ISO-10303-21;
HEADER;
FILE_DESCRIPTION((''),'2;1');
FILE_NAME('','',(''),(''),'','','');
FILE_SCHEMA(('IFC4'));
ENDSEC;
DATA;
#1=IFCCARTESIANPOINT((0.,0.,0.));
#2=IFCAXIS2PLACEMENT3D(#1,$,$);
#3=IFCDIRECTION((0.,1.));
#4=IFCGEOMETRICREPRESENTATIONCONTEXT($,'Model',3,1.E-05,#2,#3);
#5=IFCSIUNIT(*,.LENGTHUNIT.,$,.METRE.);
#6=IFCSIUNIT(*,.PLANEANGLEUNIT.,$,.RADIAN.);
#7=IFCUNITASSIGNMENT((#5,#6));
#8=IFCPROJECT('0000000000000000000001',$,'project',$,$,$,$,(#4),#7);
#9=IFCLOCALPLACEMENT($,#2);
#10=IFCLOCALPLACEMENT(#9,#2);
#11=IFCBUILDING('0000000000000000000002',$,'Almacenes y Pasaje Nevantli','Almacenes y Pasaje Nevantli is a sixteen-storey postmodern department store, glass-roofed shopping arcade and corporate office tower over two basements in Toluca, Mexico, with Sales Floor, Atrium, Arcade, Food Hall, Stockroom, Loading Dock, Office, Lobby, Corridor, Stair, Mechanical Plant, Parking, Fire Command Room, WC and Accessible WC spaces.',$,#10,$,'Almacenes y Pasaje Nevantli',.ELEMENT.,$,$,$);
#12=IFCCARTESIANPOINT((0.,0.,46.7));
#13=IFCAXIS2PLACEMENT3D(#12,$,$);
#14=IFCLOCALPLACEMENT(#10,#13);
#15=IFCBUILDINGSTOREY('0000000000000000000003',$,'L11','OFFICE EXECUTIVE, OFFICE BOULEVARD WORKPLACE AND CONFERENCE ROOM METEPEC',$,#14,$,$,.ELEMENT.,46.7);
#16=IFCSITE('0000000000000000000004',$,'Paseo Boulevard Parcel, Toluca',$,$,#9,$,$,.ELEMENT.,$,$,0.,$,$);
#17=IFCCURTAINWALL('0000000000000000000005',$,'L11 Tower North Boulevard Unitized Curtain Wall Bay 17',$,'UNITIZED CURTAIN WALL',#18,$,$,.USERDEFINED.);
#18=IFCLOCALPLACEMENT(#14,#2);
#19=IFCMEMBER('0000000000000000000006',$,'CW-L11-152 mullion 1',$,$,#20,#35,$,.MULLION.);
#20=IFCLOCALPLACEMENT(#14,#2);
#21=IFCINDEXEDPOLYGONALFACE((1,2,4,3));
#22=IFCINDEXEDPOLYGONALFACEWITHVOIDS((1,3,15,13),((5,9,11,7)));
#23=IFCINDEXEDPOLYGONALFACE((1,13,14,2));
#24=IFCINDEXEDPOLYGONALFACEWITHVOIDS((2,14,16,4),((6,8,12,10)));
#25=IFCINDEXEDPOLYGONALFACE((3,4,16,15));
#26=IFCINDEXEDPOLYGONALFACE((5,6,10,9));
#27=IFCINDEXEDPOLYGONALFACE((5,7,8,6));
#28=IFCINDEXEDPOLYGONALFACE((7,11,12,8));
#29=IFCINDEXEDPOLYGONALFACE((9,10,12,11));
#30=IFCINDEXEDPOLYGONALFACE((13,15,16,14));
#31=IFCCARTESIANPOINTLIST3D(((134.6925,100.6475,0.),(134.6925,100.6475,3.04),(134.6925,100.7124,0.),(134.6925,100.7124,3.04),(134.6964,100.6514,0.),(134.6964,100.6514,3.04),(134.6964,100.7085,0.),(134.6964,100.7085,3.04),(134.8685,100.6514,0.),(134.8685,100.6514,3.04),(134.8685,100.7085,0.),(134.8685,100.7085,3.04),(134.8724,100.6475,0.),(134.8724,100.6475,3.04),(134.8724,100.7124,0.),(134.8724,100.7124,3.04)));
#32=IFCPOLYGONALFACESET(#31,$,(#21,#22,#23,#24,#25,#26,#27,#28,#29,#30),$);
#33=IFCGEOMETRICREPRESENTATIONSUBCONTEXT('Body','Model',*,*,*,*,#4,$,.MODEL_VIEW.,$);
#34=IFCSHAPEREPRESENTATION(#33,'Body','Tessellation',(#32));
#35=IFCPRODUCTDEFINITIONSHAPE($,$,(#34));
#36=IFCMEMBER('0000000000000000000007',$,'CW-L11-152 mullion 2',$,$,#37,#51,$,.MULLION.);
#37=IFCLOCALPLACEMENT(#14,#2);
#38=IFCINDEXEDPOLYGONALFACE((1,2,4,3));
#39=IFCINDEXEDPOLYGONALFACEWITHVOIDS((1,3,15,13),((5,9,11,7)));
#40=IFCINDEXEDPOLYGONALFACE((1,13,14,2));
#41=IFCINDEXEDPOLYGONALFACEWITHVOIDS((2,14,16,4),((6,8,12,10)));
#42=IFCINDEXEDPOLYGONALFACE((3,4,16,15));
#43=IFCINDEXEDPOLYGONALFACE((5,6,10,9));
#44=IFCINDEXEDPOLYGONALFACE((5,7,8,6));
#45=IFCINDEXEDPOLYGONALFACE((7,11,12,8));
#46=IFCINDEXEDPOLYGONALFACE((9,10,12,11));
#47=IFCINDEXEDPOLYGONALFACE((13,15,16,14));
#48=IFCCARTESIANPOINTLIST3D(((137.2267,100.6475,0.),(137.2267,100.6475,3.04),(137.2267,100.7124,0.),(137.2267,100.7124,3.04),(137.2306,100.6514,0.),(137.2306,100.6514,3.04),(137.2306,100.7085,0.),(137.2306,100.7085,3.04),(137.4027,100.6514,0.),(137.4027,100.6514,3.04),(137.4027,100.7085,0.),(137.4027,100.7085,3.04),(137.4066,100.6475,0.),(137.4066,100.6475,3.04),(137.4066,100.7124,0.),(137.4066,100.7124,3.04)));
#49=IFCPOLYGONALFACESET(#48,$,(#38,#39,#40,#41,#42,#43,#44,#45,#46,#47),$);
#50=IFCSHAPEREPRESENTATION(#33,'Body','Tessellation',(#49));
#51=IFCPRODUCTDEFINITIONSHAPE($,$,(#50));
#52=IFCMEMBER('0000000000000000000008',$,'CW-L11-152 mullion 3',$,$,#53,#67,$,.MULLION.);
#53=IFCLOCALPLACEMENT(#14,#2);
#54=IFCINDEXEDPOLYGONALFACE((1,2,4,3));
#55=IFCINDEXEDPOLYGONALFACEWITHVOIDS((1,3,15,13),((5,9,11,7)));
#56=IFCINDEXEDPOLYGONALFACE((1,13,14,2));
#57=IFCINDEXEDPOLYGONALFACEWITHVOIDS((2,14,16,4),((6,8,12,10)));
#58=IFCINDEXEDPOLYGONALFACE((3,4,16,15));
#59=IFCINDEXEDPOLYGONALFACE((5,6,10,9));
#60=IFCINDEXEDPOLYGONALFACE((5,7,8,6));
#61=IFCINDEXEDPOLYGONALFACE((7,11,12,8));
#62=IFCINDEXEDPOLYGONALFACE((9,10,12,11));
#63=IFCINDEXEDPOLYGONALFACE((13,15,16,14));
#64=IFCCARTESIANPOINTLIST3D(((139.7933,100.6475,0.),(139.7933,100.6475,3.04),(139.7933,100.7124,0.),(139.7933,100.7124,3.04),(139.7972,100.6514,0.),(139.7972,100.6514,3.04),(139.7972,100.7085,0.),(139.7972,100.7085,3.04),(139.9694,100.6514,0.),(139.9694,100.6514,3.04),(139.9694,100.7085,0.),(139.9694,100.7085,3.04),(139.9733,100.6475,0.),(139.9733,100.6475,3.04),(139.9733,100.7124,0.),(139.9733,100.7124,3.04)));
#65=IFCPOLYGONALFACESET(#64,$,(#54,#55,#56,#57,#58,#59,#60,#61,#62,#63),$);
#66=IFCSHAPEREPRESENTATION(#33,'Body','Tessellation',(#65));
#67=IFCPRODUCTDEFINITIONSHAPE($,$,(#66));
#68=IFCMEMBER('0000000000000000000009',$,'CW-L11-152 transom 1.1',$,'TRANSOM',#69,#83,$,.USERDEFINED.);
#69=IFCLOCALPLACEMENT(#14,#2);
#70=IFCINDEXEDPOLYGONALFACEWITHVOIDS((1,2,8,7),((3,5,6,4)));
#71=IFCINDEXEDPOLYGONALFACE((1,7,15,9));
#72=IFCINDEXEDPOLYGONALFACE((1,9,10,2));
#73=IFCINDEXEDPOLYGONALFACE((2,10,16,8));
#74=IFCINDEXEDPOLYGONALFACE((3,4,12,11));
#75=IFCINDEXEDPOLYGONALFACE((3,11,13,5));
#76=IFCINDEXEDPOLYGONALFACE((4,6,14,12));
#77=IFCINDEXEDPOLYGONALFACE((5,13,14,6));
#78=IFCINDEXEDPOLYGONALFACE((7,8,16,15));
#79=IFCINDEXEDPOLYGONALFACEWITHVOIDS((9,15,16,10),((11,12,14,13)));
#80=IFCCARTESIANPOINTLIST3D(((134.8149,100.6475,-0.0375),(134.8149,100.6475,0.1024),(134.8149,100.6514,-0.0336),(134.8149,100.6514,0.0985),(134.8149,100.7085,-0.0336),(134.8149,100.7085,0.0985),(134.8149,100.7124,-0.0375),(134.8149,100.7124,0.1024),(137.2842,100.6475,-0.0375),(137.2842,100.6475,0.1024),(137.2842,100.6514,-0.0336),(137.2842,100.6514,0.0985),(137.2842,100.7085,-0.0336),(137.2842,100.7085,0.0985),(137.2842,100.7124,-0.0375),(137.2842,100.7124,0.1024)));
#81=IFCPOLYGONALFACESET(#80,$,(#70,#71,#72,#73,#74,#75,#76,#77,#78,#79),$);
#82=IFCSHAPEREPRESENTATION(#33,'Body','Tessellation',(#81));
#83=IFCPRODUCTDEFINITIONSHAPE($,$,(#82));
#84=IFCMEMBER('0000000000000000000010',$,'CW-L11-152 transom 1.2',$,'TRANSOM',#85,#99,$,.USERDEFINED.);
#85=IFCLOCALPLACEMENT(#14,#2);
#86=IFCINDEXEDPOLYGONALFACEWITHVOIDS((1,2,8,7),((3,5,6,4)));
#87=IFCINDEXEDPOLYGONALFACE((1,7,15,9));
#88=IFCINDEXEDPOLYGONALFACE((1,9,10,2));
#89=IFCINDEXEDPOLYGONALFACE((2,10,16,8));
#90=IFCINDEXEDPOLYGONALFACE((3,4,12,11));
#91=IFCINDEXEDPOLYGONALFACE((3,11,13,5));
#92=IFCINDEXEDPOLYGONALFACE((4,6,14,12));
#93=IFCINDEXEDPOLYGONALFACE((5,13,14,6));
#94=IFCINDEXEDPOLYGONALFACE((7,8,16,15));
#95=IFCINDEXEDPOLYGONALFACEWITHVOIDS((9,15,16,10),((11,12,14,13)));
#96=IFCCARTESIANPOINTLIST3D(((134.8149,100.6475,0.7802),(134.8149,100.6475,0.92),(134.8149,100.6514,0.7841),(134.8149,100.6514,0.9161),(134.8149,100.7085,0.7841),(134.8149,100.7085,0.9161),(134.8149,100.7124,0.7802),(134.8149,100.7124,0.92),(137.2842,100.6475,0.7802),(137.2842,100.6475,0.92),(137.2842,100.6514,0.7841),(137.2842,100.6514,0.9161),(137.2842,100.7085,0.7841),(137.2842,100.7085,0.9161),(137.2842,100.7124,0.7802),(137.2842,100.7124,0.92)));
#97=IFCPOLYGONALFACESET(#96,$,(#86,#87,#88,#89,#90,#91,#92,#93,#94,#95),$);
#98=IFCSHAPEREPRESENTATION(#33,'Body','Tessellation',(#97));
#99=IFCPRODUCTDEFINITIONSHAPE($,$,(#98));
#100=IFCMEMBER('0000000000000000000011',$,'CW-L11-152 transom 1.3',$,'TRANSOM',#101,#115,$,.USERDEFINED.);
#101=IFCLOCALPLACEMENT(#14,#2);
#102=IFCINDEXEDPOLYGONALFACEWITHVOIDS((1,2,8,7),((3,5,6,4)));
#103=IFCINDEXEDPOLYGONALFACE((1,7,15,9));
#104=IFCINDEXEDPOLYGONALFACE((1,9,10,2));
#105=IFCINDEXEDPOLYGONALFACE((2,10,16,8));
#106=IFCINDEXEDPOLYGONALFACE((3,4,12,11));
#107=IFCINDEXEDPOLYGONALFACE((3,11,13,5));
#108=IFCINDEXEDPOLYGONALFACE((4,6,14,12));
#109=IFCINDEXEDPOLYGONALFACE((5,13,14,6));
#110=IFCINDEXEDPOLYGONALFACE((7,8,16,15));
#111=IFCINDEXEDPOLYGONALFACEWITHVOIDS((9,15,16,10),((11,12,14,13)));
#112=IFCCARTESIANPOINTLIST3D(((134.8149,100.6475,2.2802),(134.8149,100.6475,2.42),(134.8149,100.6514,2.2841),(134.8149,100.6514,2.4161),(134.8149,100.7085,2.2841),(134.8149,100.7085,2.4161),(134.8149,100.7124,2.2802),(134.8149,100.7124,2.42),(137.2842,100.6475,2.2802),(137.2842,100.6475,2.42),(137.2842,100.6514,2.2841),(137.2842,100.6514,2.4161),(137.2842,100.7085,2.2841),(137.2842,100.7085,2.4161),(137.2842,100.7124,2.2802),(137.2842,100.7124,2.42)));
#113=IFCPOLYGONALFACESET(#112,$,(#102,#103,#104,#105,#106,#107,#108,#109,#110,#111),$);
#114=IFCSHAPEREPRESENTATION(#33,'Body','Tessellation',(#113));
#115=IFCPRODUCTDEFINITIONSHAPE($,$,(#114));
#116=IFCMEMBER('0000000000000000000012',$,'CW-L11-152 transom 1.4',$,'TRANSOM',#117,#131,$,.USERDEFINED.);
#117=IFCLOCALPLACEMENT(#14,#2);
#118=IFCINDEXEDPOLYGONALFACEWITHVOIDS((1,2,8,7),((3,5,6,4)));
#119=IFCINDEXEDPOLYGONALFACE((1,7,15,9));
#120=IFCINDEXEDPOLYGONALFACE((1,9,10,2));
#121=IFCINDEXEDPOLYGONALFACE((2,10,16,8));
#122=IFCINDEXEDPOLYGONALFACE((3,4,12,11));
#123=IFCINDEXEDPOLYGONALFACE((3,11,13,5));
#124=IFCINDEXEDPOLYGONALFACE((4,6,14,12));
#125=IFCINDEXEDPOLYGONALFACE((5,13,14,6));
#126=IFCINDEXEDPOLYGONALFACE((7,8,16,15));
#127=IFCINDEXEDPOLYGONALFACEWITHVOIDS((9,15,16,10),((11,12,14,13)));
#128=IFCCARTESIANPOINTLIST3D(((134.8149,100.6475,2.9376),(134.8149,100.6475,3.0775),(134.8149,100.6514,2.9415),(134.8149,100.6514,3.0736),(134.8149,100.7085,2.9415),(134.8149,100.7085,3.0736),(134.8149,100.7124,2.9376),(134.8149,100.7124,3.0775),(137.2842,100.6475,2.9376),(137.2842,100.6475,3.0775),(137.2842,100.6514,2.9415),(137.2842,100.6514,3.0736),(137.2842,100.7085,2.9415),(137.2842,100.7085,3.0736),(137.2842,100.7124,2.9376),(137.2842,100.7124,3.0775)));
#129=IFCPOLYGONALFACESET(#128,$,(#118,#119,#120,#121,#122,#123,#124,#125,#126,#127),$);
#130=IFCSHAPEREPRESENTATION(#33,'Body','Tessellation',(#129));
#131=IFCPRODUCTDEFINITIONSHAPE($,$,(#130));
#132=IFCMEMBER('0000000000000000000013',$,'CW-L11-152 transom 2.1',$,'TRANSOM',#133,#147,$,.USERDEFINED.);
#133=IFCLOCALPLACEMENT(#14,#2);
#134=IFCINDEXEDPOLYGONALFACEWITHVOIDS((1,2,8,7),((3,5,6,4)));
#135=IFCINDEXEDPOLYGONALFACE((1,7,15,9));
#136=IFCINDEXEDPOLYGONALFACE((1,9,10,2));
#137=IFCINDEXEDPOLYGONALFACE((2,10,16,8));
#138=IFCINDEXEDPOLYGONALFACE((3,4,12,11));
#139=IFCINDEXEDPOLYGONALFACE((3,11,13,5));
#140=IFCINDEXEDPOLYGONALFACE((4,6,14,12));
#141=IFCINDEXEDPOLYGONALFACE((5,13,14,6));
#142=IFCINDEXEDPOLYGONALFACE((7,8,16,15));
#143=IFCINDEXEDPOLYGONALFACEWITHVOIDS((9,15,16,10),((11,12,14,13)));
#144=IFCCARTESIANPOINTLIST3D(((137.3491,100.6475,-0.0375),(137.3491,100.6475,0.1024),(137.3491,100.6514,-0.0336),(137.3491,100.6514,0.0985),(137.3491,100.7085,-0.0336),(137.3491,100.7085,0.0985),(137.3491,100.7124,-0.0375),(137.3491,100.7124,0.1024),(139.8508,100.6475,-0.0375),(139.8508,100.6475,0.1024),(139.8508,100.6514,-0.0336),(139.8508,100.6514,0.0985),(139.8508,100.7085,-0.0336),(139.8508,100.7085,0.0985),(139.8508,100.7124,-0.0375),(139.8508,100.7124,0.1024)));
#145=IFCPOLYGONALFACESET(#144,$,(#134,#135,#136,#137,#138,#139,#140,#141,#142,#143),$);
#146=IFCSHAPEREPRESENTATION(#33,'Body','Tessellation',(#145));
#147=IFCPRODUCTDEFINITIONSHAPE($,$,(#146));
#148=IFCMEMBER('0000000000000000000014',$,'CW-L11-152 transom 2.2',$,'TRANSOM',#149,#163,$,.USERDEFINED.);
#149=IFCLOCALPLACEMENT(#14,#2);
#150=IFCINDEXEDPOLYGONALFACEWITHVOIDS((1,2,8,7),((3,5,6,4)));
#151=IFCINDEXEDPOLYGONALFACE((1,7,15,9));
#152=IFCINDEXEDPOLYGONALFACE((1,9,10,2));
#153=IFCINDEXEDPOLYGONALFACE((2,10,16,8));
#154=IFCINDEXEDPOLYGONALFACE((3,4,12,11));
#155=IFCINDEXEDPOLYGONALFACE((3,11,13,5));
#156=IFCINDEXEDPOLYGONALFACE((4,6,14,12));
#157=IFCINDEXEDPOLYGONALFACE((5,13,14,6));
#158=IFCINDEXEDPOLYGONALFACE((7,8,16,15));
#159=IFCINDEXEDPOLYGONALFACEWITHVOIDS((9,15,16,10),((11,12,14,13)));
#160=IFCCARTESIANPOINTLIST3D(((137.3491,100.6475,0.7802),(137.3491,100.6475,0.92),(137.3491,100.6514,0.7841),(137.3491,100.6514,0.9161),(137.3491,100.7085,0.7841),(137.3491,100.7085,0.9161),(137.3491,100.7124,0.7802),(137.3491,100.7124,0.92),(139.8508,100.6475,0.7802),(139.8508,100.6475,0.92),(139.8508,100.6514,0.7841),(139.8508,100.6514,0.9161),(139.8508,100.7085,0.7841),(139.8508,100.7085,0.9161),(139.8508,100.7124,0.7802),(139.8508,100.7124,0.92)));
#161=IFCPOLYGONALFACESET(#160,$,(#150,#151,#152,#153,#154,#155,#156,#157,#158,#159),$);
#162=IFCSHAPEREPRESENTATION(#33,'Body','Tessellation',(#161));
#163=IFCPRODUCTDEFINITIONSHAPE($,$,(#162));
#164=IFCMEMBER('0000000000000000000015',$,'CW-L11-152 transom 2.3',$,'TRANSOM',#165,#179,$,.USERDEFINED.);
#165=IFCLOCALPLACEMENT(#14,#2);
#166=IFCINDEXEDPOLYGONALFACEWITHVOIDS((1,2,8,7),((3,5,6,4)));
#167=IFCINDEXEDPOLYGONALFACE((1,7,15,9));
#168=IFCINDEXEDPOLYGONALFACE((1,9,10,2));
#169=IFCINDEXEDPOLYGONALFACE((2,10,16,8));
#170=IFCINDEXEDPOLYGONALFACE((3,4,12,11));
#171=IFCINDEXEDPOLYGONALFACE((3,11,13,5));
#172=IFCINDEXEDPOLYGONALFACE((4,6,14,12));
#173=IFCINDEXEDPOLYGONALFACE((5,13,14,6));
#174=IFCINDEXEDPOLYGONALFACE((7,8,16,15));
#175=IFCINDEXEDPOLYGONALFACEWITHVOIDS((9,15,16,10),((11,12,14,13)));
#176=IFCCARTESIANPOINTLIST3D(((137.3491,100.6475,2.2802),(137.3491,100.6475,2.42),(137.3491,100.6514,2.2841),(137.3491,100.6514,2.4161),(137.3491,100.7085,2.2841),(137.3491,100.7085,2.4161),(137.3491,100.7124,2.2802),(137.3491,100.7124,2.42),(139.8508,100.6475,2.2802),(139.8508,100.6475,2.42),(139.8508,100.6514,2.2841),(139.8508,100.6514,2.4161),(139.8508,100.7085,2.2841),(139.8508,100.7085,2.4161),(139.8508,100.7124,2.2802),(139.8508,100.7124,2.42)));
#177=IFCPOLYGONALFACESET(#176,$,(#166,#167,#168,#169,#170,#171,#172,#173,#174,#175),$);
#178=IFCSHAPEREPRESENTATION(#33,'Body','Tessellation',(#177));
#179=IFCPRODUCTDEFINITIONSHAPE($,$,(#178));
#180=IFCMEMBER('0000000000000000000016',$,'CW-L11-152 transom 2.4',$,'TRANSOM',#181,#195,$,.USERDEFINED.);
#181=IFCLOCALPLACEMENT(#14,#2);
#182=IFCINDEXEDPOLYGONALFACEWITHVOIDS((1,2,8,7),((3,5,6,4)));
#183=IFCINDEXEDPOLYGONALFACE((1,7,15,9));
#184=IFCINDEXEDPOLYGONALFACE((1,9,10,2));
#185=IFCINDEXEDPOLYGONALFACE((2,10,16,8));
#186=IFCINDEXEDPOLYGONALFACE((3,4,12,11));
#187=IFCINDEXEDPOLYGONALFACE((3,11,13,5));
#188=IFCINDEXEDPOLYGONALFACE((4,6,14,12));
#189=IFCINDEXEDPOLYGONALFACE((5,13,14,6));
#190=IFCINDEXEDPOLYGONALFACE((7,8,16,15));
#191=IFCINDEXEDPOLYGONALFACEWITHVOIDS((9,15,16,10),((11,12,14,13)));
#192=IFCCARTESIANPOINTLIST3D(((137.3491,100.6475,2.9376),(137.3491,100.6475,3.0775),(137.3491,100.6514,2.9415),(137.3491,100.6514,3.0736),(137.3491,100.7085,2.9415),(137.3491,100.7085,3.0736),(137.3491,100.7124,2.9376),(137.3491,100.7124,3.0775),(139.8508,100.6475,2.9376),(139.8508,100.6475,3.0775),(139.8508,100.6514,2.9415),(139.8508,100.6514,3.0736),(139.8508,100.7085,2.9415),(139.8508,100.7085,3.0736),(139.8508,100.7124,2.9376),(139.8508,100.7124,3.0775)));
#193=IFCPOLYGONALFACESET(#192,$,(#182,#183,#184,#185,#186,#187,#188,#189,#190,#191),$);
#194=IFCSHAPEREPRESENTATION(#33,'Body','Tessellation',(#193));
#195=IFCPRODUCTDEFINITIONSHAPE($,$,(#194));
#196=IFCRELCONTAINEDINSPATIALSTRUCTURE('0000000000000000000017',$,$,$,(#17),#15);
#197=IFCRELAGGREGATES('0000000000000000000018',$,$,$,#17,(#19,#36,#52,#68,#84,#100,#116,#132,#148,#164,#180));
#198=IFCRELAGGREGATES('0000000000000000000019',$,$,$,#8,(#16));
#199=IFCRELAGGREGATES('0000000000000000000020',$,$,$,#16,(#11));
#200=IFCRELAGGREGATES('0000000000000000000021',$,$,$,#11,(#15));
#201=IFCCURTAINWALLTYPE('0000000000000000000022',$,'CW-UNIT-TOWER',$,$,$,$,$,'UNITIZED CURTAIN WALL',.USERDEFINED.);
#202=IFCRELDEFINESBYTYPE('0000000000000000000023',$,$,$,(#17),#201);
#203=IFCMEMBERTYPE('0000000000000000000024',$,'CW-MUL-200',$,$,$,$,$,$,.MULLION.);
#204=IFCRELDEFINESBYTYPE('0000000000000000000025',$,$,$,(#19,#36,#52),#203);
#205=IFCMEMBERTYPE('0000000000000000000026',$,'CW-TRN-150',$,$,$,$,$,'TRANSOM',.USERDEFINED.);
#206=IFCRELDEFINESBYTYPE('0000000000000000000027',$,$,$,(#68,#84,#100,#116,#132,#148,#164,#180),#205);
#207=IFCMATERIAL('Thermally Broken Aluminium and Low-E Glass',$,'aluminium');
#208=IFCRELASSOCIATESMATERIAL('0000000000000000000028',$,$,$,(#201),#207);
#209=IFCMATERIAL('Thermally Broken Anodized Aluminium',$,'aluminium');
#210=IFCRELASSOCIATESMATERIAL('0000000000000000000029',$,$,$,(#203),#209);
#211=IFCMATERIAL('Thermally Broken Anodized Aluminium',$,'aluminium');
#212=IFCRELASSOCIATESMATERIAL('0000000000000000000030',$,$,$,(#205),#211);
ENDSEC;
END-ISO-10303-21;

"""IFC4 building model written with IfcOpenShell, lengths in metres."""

from ifc_helpers import new_model, si_unit, direction, frame, origin, origin_2d, place, context, subcontext, project, spatial, hollow_rectangle, extrude, material, material_profile, profile_set, type_object, element, aggregate, save


model = new_model("IFC4")

# Units and contexts
model_context = context("Model", 3, precision=1e-05, world=origin(), true_north=direction((0.0, 1.0)))
body_context = subcontext(model_context, "Body", "Model", "MODEL_VIEW")
ifc_project = project(units=[si_unit("LENGTHUNIT", "METRE"), si_unit("PLANEANGLEUNIT", "RADIAN")], contexts=[model_context])

# Site, building, storey
site_placement = place(None, origin())
site = spatial("IfcSite", under=ifc_project, at=site_placement, Name="Paseo Boulevard Parcel, Toluca", CompositionType="ELEMENT", RefElevation=0.0)
building_placement = place(site_placement, origin())
building = spatial("IfcBuilding", under=site, at=building_placement, Name="Almacenes y Pasaje Nevantli", Description="Almacenes y Pasaje Nevantli is a sixteen-storey postmodern department store, glass-roofed shopping arcade and corporate office tower over two basements in Toluca, Mexico, with Sales Floor, Atrium, Arcade, Food Hall, Stockroom, Loading Dock, Office, Lobby, Corridor, Stair, Mechanical Plant, Parking, Fire Command Room, WC and Accessible WC spaces.", LongName="Almacenes y Pasaje Nevantli", CompositionType="ELEMENT")
storey_placement = place(building_placement, frame((0.0, 0.0, 46.7)))
storey = spatial("IfcBuildingStorey", under=building, at=storey_placement, Name="L11", Description="OFFICE EXECUTIVE, OFFICE BOULEVARD WORKPLACE AND CONFERENCE ROOM METEPEC", CompositionType="ELEMENT", Elevation=46.7)

# Curtain wall, members
ifc_material_1 = material(Name="Thermally Broken Aluminium and Low-E Glass", Category="aluminium")
curtain_wall_type = type_object("IfcCurtainWallType", Name="CW-UNIT-TOWER", ElementType="UNITIZED CURTAIN WALL", PredefinedType="USERDEFINED", material=ifc_material_1)
curtain_wall_placement = place(storey_placement, origin())
curtain_wall = element("IfcCurtainWall", 1, at=curtain_wall_placement, inside=storey, type_object=curtain_wall_type, Name="L11 Tower North Boulevard Unitized Curtain Wall Bay 17", ObjectType="UNITIZED CURTAIN WALL", PredefinedType="USERDEFINED")
ifc_material_2 = material(Name="Thermally Broken Anodized Aluminium", Category="aluminium")
ifc_material_profile_1 = material_profile(ifc_material_2, hollow_rectangle(XDim=0.0649, YDim=0.1799, WallThickness=0.0039, at=origin_2d()), Name="ALU-MUL-65x180")
ifc_profile_set_1 = profile_set([ifc_material_profile_1], Name="Thermally Broken Anodized Aluminium")
member_type_1 = type_object("IfcMemberType", Name="CW-MUL-200", PredefinedType="MULLION", material=ifc_profile_set_1)
member_1_placement = place(storey_placement, frame((134.7825, 100.6799, 0.0), z_axis=(0.0, 0.0, 1.0), x_axis=(0.0, 1.0, 0.0)))
member_1 = element("IfcMember", 2, at=member_1_placement, type_object=member_type_1, Name="CW-L11-152 mullion 1", PredefinedType="MULLION", context=body_context, shape_type="SweptSolid", body=[
    extrude(hollow_rectangle(XDim=0.0649, YDim=0.1799, WallThickness=0.0039, at=origin_2d()), origin(), (0.0, 0.0, 1.0), 3.04),
])
member_2_placement = place(storey_placement, frame((137.3167, 100.6799, 0.0), z_axis=(0.0, 0.0, 1.0), x_axis=(0.0, 1.0, 0.0)))
member_2 = element("IfcMember", 3, at=member_2_placement, type_object=member_type_1, Name="CW-L11-152 mullion 2", PredefinedType="MULLION", context=body_context, shape_type="SweptSolid", body=[
    extrude(hollow_rectangle(XDim=0.0649, YDim=0.1799, WallThickness=0.0039, at=origin_2d()), origin(), (0.0, 0.0, 1.0), 3.04),
])
member_3_placement = place(storey_placement, frame((139.8833, 100.6799, 0.0), z_axis=(0.0, 0.0, 1.0), x_axis=(0.0, 1.0, 0.0)))
member_3 = element("IfcMember", 4, at=member_3_placement, type_object=member_type_1, Name="CW-L11-152 mullion 3", PredefinedType="MULLION", context=body_context, shape_type="SweptSolid", body=[
    extrude(hollow_rectangle(XDim=0.0649, YDim=0.1799, WallThickness=0.0039, at=origin_2d()), origin(), (0.0, 0.0, 1.0), 3.04),
])
ifc_material_3 = material(Name="Thermally Broken Anodized Aluminium", Category="aluminium")
ifc_material_profile_2 = material_profile(ifc_material_3, hollow_rectangle(XDim=0.0649, YDim=0.1399, WallThickness=0.0039, at=origin_2d()), Name="ALU-TRN-65x140")
ifc_profile_set_2 = profile_set([ifc_material_profile_2], Name="Thermally Broken Anodized Aluminium")
member_type_2 = type_object("IfcMemberType", Name="CW-TRN-150", ElementType="TRANSOM", PredefinedType="USERDEFINED", material=ifc_profile_set_2)
member_4_placement = place(storey_placement, frame((134.8149, 100.6799, 0.0325), z_axis=(1.0, 0.0, 0.0), x_axis=(0.0, 1.0, 0.0)))
member_4 = element("IfcMember", 5, at=member_4_placement, type_object=member_type_2, Name="CW-L11-152 transom 1.1", ObjectType="TRANSOM", PredefinedType="USERDEFINED", context=body_context, shape_type="SweptSolid", body=[
    extrude(hollow_rectangle(XDim=0.0649, YDim=0.1399, WallThickness=0.0039, at=origin_2d()), origin(), (0.0, 0.0, 1.0), 2.4692),
])
member_5_placement = place(storey_placement, frame((134.8149, 100.6799, 0.8501), z_axis=(1.0, 0.0, 0.0), x_axis=(0.0, 1.0, 0.0)))
member_5 = element("IfcMember", 6, at=member_5_placement, type_object=member_type_2, Name="CW-L11-152 transom 1.2", ObjectType="TRANSOM", PredefinedType="USERDEFINED", context=body_context, shape_type="SweptSolid", body=[
    extrude(hollow_rectangle(XDim=0.0649, YDim=0.1399, WallThickness=0.0039, at=origin_2d()), origin(), (0.0, 0.0, 1.0), 2.4692),
])
member_6_placement = place(storey_placement, frame((134.8149, 100.6799, 2.3501), z_axis=(1.0, 0.0, 0.0), x_axis=(0.0, 1.0, 0.0)))
member_6 = element("IfcMember", 7, at=member_6_placement, type_object=member_type_2, Name="CW-L11-152 transom 1.3", ObjectType="TRANSOM", PredefinedType="USERDEFINED", context=body_context, shape_type="SweptSolid", body=[
    extrude(hollow_rectangle(XDim=0.0649, YDim=0.1399, WallThickness=0.0039, at=origin_2d()), origin(), (0.0, 0.0, 1.0), 2.4692),
])
member_7_placement = place(storey_placement, frame((134.8149, 100.6799, 3.0076), z_axis=(1.0, 0.0, 0.0), x_axis=(0.0, 1.0, 0.0)))
member_7 = element("IfcMember", 8, at=member_7_placement, type_object=member_type_2, Name="CW-L11-152 transom 1.4", ObjectType="TRANSOM", PredefinedType="USERDEFINED", context=body_context, shape_type="SweptSolid", body=[
    extrude(hollow_rectangle(XDim=0.0649, YDim=0.1399, WallThickness=0.0039, at=origin_2d()), origin(), (0.0, 0.0, 1.0), 2.4692),
])
member_8_placement = place(storey_placement, frame((137.3491, 100.6799, 0.0325), z_axis=(1.0, 0.0, 0.0), x_axis=(0.0, 1.0, 0.0)))
member_8 = element("IfcMember", 9, at=member_8_placement, type_object=member_type_2, Name="CW-L11-152 transom 2.1", ObjectType="TRANSOM", PredefinedType="USERDEFINED", context=body_context, shape_type="SweptSolid", body=[
    extrude(hollow_rectangle(XDim=0.0649, YDim=0.1399, WallThickness=0.0039, at=origin_2d()), origin(), (0.0, 0.0, 1.0), 2.5017),
])
member_9_placement = place(storey_placement, frame((137.3491, 100.6799, 0.8501), z_axis=(1.0, 0.0, 0.0), x_axis=(0.0, 1.0, 0.0)))
member_9 = element("IfcMember", 10, at=member_9_placement, type_object=member_type_2, Name="CW-L11-152 transom 2.2", ObjectType="TRANSOM", PredefinedType="USERDEFINED", context=body_context, shape_type="SweptSolid", body=[
    extrude(hollow_rectangle(XDim=0.0649, YDim=0.1399, WallThickness=0.0039, at=origin_2d()), origin(), (0.0, 0.0, 1.0), 2.5017),
])
member_10_placement = place(storey_placement, frame((137.3491, 100.6799, 2.3501), z_axis=(1.0, 0.0, 0.0), x_axis=(0.0, 1.0, 0.0)))
member_10 = element("IfcMember", 11, at=member_10_placement, type_object=member_type_2, Name="CW-L11-152 transom 2.3", ObjectType="TRANSOM", PredefinedType="USERDEFINED", context=body_context, shape_type="SweptSolid", body=[
    extrude(hollow_rectangle(XDim=0.0649, YDim=0.1399, WallThickness=0.0039, at=origin_2d()), origin(), (0.0, 0.0, 1.0), 2.5017),
])
member_11_placement = place(storey_placement, frame((137.3491, 100.6799, 3.0076), z_axis=(1.0, 0.0, 0.0), x_axis=(0.0, 1.0, 0.0)))
member_11 = element("IfcMember", 12, at=member_11_placement, type_object=member_type_2, Name="CW-L11-152 transom 2.4", ObjectType="TRANSOM", PredefinedType="USERDEFINED", context=body_context, shape_type="SweptSolid", body=[
    extrude(hollow_rectangle(XDim=0.0649, YDim=0.1399, WallThickness=0.0039, at=origin_2d()), origin(), (0.0, 0.0, 1.0), 2.5017),
])
aggregate(curtain_wall, [member_1, member_2, member_3, member_4, member_5, member_6, member_7, member_8, member_9, member_10, member_11])

save(model, "model.ifc")
